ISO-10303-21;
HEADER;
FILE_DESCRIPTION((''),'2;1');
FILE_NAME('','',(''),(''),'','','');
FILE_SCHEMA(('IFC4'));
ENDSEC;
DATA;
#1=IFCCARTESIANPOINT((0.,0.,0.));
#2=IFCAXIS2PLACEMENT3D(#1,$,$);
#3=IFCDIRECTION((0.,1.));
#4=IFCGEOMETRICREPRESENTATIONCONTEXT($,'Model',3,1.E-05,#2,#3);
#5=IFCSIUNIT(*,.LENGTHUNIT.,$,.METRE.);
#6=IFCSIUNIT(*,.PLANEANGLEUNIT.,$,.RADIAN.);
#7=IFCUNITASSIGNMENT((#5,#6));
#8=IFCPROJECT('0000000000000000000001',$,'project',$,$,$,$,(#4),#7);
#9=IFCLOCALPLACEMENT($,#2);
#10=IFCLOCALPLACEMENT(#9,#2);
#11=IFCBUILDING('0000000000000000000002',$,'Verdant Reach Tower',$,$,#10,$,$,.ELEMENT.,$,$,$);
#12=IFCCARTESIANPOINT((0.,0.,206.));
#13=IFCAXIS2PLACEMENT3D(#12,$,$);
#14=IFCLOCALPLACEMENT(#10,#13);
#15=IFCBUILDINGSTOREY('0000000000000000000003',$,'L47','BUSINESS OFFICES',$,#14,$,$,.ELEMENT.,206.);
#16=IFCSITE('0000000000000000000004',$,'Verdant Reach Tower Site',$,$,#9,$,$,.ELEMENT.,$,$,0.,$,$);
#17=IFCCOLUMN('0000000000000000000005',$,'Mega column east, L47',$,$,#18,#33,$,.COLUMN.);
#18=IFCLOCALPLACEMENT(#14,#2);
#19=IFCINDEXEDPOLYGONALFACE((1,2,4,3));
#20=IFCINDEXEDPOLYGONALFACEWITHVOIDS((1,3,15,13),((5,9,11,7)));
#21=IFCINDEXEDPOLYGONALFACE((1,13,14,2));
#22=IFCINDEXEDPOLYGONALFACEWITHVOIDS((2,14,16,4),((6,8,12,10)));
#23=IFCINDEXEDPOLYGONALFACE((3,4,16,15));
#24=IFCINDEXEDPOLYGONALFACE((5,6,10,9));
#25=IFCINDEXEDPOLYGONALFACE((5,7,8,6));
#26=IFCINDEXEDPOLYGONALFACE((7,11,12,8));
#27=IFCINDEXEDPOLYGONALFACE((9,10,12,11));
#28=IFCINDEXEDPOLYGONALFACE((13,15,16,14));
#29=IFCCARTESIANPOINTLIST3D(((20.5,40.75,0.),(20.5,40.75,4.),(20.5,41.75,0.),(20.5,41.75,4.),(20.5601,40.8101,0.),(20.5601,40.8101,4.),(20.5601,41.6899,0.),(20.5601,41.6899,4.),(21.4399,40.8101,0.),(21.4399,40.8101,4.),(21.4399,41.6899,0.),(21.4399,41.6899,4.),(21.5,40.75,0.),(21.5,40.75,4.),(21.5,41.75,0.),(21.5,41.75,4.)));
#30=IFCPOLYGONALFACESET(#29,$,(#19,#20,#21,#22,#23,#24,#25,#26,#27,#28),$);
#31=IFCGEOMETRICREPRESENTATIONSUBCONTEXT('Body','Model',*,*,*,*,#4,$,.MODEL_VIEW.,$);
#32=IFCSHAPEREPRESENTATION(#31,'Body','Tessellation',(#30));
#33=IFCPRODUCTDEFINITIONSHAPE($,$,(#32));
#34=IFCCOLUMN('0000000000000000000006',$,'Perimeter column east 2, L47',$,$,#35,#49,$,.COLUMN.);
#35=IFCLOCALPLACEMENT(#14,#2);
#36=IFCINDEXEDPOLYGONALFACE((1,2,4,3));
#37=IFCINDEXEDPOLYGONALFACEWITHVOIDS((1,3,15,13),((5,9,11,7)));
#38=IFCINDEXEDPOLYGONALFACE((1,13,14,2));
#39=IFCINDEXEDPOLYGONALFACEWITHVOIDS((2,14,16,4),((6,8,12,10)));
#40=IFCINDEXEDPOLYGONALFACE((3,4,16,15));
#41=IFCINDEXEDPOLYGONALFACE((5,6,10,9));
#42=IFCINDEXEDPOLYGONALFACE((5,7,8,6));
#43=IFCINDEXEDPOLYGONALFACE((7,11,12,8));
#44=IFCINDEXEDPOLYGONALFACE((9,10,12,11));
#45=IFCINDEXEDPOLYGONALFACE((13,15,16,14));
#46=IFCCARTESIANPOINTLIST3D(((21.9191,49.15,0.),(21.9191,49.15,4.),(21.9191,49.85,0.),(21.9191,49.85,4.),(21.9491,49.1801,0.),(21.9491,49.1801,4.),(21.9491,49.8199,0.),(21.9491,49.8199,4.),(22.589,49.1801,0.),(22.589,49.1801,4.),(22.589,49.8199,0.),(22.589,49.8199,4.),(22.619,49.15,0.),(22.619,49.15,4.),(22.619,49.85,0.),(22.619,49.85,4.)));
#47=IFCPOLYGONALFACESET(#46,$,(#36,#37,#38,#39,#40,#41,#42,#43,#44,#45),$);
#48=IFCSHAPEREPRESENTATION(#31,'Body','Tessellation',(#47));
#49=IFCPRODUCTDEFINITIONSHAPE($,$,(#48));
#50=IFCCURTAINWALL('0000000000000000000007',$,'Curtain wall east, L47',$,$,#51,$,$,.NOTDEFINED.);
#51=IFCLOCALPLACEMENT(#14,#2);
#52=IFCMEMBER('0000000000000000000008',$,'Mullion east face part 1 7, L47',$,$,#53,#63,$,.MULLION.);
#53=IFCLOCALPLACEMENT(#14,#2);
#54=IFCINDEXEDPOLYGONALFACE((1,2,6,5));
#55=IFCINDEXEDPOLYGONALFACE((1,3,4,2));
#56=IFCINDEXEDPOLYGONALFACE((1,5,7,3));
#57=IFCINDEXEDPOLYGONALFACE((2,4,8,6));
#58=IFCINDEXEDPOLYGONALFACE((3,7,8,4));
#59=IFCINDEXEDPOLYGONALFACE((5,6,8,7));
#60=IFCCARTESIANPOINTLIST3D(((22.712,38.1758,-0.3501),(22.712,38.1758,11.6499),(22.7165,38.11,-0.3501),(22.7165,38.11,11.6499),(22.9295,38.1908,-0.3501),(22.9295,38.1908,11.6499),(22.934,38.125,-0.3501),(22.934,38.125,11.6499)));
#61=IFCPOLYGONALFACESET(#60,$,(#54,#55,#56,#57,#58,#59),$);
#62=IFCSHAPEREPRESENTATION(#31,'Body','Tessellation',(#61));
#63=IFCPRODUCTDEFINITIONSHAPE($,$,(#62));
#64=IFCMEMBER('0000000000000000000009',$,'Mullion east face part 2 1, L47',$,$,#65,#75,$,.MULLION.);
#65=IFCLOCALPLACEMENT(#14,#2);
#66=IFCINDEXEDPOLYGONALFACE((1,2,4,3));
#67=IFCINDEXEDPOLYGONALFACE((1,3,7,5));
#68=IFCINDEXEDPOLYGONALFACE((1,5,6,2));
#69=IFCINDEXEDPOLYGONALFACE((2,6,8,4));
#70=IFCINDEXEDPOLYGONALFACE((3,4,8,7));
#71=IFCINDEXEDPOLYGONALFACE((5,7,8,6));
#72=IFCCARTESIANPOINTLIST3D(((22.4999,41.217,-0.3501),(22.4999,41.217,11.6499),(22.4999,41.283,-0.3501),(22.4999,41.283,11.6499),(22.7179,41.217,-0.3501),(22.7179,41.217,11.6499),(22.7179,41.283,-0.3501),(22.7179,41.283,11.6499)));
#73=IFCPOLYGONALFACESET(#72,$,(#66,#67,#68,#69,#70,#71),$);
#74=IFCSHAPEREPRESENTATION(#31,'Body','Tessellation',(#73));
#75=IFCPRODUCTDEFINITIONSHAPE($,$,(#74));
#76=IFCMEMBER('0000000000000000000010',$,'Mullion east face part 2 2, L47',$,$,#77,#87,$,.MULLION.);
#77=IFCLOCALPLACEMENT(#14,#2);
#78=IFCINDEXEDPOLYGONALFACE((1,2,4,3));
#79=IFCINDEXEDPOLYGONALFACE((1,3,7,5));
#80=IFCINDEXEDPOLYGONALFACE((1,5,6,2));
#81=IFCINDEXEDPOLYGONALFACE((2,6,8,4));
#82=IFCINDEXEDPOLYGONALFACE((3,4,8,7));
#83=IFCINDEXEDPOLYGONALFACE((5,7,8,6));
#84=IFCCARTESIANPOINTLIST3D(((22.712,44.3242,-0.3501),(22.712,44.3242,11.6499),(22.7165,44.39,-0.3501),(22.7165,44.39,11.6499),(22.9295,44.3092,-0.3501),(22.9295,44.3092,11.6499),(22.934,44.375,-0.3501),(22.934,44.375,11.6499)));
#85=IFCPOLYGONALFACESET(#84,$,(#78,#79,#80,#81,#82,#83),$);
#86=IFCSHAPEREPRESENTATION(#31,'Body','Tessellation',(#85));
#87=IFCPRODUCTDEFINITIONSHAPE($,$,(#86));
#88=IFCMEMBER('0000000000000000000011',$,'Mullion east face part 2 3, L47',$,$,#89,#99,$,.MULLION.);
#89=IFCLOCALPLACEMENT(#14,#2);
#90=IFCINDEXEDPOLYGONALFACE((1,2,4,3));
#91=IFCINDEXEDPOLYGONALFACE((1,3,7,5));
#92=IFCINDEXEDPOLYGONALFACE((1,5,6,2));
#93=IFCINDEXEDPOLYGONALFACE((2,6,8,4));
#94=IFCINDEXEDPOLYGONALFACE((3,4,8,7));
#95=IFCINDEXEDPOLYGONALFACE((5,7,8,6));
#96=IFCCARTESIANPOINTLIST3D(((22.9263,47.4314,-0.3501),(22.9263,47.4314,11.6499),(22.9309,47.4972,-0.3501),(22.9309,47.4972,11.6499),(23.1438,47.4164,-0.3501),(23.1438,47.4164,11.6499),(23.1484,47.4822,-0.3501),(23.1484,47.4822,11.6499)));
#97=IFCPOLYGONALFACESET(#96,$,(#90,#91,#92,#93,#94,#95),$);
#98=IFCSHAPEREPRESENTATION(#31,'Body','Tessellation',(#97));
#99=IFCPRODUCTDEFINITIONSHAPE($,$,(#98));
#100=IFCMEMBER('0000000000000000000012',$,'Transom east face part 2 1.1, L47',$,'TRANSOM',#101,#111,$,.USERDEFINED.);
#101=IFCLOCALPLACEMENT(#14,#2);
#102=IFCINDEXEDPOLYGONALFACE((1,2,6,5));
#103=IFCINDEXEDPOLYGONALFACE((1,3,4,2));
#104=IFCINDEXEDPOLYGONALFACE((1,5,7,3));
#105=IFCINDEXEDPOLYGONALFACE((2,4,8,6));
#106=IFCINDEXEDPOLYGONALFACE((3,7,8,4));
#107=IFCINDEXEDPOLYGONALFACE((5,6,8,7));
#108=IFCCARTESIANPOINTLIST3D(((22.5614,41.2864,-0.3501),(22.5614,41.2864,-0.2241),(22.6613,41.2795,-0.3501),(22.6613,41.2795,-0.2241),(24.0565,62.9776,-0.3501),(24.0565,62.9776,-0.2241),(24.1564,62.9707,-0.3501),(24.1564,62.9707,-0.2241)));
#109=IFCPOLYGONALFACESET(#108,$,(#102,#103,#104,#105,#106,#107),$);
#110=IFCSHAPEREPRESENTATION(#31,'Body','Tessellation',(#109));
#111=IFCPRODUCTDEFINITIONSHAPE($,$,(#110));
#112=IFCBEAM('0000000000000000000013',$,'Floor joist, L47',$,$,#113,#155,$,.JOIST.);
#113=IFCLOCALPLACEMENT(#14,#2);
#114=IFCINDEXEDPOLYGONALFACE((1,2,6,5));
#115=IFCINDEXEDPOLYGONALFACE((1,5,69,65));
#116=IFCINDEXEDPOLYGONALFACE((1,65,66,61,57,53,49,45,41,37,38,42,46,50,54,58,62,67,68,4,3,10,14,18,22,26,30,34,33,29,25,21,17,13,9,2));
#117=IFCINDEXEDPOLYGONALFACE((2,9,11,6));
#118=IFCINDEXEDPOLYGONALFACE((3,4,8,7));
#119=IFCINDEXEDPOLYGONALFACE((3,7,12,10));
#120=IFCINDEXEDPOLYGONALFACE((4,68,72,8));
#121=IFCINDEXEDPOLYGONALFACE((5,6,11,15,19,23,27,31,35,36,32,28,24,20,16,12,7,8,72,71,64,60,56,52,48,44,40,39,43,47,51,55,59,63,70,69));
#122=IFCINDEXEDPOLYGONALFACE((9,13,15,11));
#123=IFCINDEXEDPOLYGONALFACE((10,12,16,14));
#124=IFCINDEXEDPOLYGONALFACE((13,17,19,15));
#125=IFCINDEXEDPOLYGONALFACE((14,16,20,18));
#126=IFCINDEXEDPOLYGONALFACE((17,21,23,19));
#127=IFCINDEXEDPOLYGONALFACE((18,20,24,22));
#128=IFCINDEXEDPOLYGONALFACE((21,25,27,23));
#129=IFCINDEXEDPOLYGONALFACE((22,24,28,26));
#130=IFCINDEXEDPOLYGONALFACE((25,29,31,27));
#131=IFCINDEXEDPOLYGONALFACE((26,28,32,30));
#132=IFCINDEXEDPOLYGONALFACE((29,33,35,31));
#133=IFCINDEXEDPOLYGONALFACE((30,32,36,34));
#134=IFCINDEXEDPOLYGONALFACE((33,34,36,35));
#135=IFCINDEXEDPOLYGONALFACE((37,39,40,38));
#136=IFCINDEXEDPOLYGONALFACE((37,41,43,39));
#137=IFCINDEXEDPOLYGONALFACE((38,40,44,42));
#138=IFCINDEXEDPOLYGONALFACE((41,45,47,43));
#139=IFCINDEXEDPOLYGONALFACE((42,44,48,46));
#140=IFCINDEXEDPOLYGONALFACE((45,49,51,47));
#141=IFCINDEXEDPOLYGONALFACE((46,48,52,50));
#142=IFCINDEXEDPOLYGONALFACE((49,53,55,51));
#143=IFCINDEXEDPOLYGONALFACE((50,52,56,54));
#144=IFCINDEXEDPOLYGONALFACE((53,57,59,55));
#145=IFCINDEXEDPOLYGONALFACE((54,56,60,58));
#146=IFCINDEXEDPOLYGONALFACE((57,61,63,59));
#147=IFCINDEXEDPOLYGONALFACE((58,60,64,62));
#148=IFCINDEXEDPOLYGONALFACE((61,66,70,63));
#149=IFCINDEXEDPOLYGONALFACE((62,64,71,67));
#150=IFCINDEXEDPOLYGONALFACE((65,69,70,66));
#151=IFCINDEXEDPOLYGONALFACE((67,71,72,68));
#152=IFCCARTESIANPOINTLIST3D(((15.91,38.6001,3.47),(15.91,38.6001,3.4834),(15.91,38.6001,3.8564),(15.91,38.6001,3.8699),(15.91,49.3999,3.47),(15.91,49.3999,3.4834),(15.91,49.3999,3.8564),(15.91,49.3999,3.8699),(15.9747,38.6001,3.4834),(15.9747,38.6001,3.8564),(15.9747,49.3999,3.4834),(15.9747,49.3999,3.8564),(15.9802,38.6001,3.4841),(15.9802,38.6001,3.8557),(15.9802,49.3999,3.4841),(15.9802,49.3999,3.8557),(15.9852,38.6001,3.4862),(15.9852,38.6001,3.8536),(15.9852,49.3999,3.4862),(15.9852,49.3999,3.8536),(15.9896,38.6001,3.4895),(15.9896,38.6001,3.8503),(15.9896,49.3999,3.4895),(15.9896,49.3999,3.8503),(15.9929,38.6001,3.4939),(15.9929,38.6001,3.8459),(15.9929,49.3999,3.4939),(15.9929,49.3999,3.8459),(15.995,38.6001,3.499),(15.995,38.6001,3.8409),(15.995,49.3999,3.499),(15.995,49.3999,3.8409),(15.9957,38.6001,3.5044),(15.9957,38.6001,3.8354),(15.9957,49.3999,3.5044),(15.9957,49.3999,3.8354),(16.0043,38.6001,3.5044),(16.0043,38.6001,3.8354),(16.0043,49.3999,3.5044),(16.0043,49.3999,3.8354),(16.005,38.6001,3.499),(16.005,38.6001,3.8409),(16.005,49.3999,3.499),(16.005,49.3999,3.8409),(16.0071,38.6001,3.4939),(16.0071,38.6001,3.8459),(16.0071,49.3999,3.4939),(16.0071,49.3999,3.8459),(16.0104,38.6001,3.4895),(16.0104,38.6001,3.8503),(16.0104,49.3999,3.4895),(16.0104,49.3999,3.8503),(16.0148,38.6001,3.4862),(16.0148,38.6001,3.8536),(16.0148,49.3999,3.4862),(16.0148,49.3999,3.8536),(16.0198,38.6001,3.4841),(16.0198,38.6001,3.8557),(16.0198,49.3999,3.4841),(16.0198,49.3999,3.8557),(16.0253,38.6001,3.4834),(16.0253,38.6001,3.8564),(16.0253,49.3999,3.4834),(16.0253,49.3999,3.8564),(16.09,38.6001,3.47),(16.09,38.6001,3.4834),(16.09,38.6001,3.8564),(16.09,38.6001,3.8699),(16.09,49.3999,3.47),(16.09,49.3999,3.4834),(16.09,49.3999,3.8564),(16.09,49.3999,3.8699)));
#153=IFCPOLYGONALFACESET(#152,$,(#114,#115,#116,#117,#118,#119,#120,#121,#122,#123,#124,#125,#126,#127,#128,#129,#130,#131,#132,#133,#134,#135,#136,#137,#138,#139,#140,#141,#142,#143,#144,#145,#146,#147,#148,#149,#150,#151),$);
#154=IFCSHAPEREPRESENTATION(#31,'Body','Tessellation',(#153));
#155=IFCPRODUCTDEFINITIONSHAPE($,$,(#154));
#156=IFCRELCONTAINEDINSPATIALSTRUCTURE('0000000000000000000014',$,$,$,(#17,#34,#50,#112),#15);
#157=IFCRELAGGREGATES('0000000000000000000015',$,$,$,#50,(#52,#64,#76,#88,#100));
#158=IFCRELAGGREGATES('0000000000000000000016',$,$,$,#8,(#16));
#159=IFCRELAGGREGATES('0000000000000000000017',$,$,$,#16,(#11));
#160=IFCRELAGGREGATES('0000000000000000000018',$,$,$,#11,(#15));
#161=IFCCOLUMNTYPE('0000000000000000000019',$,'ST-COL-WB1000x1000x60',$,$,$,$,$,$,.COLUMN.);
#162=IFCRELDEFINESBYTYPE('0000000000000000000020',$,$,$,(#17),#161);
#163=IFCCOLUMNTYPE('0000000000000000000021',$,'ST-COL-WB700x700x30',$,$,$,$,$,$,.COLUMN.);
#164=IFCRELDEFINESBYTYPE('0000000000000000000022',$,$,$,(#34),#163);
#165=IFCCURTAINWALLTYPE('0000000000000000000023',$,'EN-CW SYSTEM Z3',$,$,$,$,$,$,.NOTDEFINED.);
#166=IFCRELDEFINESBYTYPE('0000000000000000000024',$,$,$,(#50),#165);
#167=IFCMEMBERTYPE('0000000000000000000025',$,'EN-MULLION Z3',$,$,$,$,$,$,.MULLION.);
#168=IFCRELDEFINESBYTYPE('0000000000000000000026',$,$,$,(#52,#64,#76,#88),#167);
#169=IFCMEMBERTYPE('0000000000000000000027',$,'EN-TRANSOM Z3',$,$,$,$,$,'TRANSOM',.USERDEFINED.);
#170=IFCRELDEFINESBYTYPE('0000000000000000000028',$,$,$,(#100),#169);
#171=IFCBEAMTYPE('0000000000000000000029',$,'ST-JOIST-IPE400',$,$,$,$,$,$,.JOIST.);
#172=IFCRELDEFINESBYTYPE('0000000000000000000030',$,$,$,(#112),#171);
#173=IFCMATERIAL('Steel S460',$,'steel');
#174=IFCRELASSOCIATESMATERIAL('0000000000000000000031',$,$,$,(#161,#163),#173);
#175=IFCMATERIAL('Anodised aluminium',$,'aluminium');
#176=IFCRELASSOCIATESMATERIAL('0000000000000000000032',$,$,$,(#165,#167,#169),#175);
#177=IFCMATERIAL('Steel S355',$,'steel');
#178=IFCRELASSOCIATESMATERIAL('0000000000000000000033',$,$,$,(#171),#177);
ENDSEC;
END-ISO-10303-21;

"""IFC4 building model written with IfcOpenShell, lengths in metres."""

from ifc_helpers import new_model, si_unit, direction, frame, origin, origin_2d, place, context, subcontext, project, spatial, rectangle, hollow_rectangle, i_section, extrude, material, material_profile, profile_set, type_object, element, aggregate, save


model = new_model("IFC4")

# Units and contexts
model_context = context("Model", 3, precision=1e-05, world=origin(), true_north=direction((0.0, 1.0)))
body_context = subcontext(model_context, "Body", "Model", "MODEL_VIEW")
ifc_project = project(units=[si_unit("LENGTHUNIT", "METRE"), si_unit("PLANEANGLEUNIT", "RADIAN")], contexts=[model_context])

# Site, building, storey
site_placement = place(None, origin())
site = spatial("IfcSite", under=ifc_project, at=site_placement, Name="Verdant Reach Tower Site", CompositionType="ELEMENT", RefElevation=0.0)
building_placement = place(site_placement, origin())
building = spatial("IfcBuilding", under=site, at=building_placement, Name="Verdant Reach Tower", CompositionType="ELEMENT")
storey_placement = place(building_placement, frame((0.0, 0.0, 206.0)))
storey = spatial("IfcBuildingStorey", under=building, at=storey_placement, Name="L47", Description="BUSINESS OFFICES", CompositionType="ELEMENT", Elevation=206.0)

# Columns
ifc_material_1 = material(Name="Steel S460", Category="steel")
ifc_material_profile_1 = material_profile(ifc_material_1, hollow_rectangle(XDim=1.0, YDim=1.0, WallThickness=0.0601, at=origin_2d()), Name="WB 1000x1000x60")
ifc_profile_set_1 = profile_set([ifc_material_profile_1], Name="Steel S460")
column_type_1 = type_object("IfcColumnType", Name="ST-COL-WB1000x1000x60", PredefinedType="COLUMN", material=ifc_profile_set_1)
column_1_placement = place(storey_placement, frame((21.0, 41.25, 0.0), z_axis=(0.0, 0.0, 1.0), x_axis=(1.0, 0.0, 0.0)))
element("IfcColumn", 1, at=column_1_placement, inside=storey, type_object=column_type_1, Name="Mega column east, L47", PredefinedType="COLUMN", context=body_context, shape_type="SweptSolid", body=[
    extrude(hollow_rectangle(XDim=1.0, YDim=1.0, WallThickness=0.0601, at=origin_2d()), origin(), (0.0, 0.0, 1.0), 4.0),
])
ifc_material_profile_2 = material_profile(ifc_material_1, hollow_rectangle(XDim=0.7, YDim=0.7, WallThickness=0.03, at=origin_2d()), Name="WB 700x700x30")
ifc_profile_set_2 = profile_set([ifc_material_profile_2], Name="Steel S460")
column_type_2 = type_object("IfcColumnType", Name="ST-COL-WB700x700x30", PredefinedType="COLUMN", material=ifc_profile_set_2)
column_2_placement = place(storey_placement, frame((22.269, 49.5, 0.0), z_axis=(0.0, 0.0, 1.0), x_axis=(1.0, 0.0, 0.0)))
element("IfcColumn", 2, at=column_2_placement, inside=storey, type_object=column_type_2, Name="Perimeter column east 2, L47", PredefinedType="COLUMN", context=body_context, shape_type="SweptSolid", body=[
    extrude(hollow_rectangle(XDim=0.7, YDim=0.7, WallThickness=0.03, at=origin_2d()), origin(), (0.0, 0.0, 1.0), 4.0),
])

# Curtain wall, members
ifc_material_2 = material(Name="Anodised aluminium", Category="aluminium")
curtain_wall_type = type_object("IfcCurtainWallType", Name="EN-CW SYSTEM Z3", PredefinedType="NOTDEFINED", material=ifc_material_2)
curtain_wall_placement = place(storey_placement, origin())
curtain_wall = element("IfcCurtainWall", 3, at=curtain_wall_placement, inside=storey, type_object=curtain_wall_type, Name="Curtain wall east, L47", PredefinedType="NOTDEFINED")
ifc_material_profile_3 = material_profile(ifc_material_2, rectangle(XDim=0.218, YDim=0.0659, at=origin_2d()), Name="Mullion 66x218")
ifc_profile_set_3 = profile_set([ifc_material_profile_3], Name="Anodised aluminium")
member_type_1 = type_object("IfcMemberType", Name="EN-MULLION Z3", PredefinedType="MULLION", material=ifc_profile_set_3)
member_1_placement = place(storey_placement, frame((22.823, 38.1504, -0.3501), z_axis=(0.0, 0.0, 1.0), x_axis=(0.99763, 0.068802, 0.0)))
member_1 = element("IfcMember", 4, at=member_1_placement, type_object=member_type_1, Name="Mullion east face part 1 7, L47", PredefinedType="MULLION", context=body_context, shape_type="SweptSolid", body=[
    extrude(rectangle(XDim=0.218, YDim=0.0659, at=origin_2d()), origin(), (0.0, 0.0, 1.0), 12.0),
])
member_2_placement = place(storey_placement, frame((22.6089, 41.25, -0.3501), z_axis=(0.0, 0.0, 1.0), x_axis=(1.0, 0.0, 0.0)))
member_2 = element("IfcMember", 5, at=member_2_placement, type_object=member_type_1, Name="Mullion east face part 2 1, L47", PredefinedType="MULLION", context=body_context, shape_type="SweptSolid", body=[
    extrude(rectangle(XDim=0.218, YDim=0.0659, at=origin_2d()), origin(), (0.0, 0.0, 1.0), 12.0),
])
member_3_placement = place(storey_placement, frame((22.823, 44.3496, -0.3501), z_axis=(0.0, 0.0, 1.0), x_axis=(0.99763, -0.068802, 0.0)))
member_3 = element("IfcMember", 6, at=member_3_placement, type_object=member_type_1, Name="Mullion east face part 2 2, L47", PredefinedType="MULLION", context=body_context, shape_type="SweptSolid", body=[
    extrude(rectangle(XDim=0.218, YDim=0.0659, at=origin_2d()), origin(), (0.0, 0.0, 1.0), 12.0),
])
member_4_placement = place(storey_placement, frame((23.0374, 47.4568, -0.3501), z_axis=(0.0, 0.0, 1.0), x_axis=(0.99763, -0.068802, 0.0)))
member_4 = element("IfcMember", 7, at=member_4_placement, type_object=member_type_1, Name="Mullion east face part 2 3, L47", PredefinedType="MULLION", context=body_context, shape_type="SweptSolid", body=[
    extrude(rectangle(XDim=0.218, YDim=0.0659, at=origin_2d()), origin(), (0.0, 0.0, 1.0), 12.0),
])
ifc_material_profile_4 = material_profile(ifc_material_2, rectangle(XDim=0.1001, YDim=0.126, at=origin_2d()), Name="Transom 126x100")
ifc_profile_set_4 = profile_set([ifc_material_profile_4], Name="Anodised aluminium")
member_type_2 = type_object("IfcMemberType", Name="EN-TRANSOM Z3", ElementType="TRANSOM", PredefinedType="USERDEFINED", material=ifc_profile_set_4)
member_5_placement = place(storey_placement, frame((22.6113, 41.283, -0.2871), z_axis=(0.068764, 0.997633, 0.0), x_axis=(-0.997633, 0.068764, 0.0)))
member_5 = element("IfcMember", 8, at=member_5_placement, type_object=member_type_2, Name="Transom east face part 2 1.1, L47", ObjectType="TRANSOM", PredefinedType="USERDEFINED", context=body_context, shape_type="SweptSolid", body=[
    extrude(rectangle(XDim=0.1001, YDim=0.126, at=origin_2d()), origin(), (0.0, 0.0, 1.0), 21.7427),
])

# Beam
ifc_material_3 = material(Name="Steel S355", Category="steel")
ifc_material_profile_5 = material_profile(ifc_material_3, i_section(OverallWidth=0.1799, OverallDepth=0.3999, WebThickness=0.0085, FlangeThickness=0.0134, FilletRadius=0.021, at=origin_2d()), Name="IPE 400")
ifc_profile_set_5 = profile_set([ifc_material_profile_5], Name="Steel S355")
beam_type_1 = type_object("IfcBeamType", Name="ST-JOIST-IPE400", PredefinedType="JOIST", material=ifc_profile_set_5)
for number, where, z_axis, x_axis, name in (
    (9, (16.0, 38.6001, 3.6699), (0.0, 1.0, 0.0), (-1.0, 0.0, 0.0), "Floor joist, L47"),
):
    element("IfcBeam", number, at=place(storey_placement, frame(where, z_axis=z_axis, x_axis=x_axis)), inside=storey, type_object=beam_type_1, Name=name, PredefinedType="JOIST", context=body_context, shape_type="SweptSolid", body=[
        extrude(i_section(OverallWidth=0.1799, OverallDepth=0.3999, WebThickness=0.0085, FlangeThickness=0.0134, FilletRadius=0.021, at=origin_2d()), origin(), (0.0, 0.0, 1.0), 10.7998),
    ])

aggregate(curtain_wall, [member_1, member_2, member_3, member_4, member_5])

save(model, "model.ifc")
